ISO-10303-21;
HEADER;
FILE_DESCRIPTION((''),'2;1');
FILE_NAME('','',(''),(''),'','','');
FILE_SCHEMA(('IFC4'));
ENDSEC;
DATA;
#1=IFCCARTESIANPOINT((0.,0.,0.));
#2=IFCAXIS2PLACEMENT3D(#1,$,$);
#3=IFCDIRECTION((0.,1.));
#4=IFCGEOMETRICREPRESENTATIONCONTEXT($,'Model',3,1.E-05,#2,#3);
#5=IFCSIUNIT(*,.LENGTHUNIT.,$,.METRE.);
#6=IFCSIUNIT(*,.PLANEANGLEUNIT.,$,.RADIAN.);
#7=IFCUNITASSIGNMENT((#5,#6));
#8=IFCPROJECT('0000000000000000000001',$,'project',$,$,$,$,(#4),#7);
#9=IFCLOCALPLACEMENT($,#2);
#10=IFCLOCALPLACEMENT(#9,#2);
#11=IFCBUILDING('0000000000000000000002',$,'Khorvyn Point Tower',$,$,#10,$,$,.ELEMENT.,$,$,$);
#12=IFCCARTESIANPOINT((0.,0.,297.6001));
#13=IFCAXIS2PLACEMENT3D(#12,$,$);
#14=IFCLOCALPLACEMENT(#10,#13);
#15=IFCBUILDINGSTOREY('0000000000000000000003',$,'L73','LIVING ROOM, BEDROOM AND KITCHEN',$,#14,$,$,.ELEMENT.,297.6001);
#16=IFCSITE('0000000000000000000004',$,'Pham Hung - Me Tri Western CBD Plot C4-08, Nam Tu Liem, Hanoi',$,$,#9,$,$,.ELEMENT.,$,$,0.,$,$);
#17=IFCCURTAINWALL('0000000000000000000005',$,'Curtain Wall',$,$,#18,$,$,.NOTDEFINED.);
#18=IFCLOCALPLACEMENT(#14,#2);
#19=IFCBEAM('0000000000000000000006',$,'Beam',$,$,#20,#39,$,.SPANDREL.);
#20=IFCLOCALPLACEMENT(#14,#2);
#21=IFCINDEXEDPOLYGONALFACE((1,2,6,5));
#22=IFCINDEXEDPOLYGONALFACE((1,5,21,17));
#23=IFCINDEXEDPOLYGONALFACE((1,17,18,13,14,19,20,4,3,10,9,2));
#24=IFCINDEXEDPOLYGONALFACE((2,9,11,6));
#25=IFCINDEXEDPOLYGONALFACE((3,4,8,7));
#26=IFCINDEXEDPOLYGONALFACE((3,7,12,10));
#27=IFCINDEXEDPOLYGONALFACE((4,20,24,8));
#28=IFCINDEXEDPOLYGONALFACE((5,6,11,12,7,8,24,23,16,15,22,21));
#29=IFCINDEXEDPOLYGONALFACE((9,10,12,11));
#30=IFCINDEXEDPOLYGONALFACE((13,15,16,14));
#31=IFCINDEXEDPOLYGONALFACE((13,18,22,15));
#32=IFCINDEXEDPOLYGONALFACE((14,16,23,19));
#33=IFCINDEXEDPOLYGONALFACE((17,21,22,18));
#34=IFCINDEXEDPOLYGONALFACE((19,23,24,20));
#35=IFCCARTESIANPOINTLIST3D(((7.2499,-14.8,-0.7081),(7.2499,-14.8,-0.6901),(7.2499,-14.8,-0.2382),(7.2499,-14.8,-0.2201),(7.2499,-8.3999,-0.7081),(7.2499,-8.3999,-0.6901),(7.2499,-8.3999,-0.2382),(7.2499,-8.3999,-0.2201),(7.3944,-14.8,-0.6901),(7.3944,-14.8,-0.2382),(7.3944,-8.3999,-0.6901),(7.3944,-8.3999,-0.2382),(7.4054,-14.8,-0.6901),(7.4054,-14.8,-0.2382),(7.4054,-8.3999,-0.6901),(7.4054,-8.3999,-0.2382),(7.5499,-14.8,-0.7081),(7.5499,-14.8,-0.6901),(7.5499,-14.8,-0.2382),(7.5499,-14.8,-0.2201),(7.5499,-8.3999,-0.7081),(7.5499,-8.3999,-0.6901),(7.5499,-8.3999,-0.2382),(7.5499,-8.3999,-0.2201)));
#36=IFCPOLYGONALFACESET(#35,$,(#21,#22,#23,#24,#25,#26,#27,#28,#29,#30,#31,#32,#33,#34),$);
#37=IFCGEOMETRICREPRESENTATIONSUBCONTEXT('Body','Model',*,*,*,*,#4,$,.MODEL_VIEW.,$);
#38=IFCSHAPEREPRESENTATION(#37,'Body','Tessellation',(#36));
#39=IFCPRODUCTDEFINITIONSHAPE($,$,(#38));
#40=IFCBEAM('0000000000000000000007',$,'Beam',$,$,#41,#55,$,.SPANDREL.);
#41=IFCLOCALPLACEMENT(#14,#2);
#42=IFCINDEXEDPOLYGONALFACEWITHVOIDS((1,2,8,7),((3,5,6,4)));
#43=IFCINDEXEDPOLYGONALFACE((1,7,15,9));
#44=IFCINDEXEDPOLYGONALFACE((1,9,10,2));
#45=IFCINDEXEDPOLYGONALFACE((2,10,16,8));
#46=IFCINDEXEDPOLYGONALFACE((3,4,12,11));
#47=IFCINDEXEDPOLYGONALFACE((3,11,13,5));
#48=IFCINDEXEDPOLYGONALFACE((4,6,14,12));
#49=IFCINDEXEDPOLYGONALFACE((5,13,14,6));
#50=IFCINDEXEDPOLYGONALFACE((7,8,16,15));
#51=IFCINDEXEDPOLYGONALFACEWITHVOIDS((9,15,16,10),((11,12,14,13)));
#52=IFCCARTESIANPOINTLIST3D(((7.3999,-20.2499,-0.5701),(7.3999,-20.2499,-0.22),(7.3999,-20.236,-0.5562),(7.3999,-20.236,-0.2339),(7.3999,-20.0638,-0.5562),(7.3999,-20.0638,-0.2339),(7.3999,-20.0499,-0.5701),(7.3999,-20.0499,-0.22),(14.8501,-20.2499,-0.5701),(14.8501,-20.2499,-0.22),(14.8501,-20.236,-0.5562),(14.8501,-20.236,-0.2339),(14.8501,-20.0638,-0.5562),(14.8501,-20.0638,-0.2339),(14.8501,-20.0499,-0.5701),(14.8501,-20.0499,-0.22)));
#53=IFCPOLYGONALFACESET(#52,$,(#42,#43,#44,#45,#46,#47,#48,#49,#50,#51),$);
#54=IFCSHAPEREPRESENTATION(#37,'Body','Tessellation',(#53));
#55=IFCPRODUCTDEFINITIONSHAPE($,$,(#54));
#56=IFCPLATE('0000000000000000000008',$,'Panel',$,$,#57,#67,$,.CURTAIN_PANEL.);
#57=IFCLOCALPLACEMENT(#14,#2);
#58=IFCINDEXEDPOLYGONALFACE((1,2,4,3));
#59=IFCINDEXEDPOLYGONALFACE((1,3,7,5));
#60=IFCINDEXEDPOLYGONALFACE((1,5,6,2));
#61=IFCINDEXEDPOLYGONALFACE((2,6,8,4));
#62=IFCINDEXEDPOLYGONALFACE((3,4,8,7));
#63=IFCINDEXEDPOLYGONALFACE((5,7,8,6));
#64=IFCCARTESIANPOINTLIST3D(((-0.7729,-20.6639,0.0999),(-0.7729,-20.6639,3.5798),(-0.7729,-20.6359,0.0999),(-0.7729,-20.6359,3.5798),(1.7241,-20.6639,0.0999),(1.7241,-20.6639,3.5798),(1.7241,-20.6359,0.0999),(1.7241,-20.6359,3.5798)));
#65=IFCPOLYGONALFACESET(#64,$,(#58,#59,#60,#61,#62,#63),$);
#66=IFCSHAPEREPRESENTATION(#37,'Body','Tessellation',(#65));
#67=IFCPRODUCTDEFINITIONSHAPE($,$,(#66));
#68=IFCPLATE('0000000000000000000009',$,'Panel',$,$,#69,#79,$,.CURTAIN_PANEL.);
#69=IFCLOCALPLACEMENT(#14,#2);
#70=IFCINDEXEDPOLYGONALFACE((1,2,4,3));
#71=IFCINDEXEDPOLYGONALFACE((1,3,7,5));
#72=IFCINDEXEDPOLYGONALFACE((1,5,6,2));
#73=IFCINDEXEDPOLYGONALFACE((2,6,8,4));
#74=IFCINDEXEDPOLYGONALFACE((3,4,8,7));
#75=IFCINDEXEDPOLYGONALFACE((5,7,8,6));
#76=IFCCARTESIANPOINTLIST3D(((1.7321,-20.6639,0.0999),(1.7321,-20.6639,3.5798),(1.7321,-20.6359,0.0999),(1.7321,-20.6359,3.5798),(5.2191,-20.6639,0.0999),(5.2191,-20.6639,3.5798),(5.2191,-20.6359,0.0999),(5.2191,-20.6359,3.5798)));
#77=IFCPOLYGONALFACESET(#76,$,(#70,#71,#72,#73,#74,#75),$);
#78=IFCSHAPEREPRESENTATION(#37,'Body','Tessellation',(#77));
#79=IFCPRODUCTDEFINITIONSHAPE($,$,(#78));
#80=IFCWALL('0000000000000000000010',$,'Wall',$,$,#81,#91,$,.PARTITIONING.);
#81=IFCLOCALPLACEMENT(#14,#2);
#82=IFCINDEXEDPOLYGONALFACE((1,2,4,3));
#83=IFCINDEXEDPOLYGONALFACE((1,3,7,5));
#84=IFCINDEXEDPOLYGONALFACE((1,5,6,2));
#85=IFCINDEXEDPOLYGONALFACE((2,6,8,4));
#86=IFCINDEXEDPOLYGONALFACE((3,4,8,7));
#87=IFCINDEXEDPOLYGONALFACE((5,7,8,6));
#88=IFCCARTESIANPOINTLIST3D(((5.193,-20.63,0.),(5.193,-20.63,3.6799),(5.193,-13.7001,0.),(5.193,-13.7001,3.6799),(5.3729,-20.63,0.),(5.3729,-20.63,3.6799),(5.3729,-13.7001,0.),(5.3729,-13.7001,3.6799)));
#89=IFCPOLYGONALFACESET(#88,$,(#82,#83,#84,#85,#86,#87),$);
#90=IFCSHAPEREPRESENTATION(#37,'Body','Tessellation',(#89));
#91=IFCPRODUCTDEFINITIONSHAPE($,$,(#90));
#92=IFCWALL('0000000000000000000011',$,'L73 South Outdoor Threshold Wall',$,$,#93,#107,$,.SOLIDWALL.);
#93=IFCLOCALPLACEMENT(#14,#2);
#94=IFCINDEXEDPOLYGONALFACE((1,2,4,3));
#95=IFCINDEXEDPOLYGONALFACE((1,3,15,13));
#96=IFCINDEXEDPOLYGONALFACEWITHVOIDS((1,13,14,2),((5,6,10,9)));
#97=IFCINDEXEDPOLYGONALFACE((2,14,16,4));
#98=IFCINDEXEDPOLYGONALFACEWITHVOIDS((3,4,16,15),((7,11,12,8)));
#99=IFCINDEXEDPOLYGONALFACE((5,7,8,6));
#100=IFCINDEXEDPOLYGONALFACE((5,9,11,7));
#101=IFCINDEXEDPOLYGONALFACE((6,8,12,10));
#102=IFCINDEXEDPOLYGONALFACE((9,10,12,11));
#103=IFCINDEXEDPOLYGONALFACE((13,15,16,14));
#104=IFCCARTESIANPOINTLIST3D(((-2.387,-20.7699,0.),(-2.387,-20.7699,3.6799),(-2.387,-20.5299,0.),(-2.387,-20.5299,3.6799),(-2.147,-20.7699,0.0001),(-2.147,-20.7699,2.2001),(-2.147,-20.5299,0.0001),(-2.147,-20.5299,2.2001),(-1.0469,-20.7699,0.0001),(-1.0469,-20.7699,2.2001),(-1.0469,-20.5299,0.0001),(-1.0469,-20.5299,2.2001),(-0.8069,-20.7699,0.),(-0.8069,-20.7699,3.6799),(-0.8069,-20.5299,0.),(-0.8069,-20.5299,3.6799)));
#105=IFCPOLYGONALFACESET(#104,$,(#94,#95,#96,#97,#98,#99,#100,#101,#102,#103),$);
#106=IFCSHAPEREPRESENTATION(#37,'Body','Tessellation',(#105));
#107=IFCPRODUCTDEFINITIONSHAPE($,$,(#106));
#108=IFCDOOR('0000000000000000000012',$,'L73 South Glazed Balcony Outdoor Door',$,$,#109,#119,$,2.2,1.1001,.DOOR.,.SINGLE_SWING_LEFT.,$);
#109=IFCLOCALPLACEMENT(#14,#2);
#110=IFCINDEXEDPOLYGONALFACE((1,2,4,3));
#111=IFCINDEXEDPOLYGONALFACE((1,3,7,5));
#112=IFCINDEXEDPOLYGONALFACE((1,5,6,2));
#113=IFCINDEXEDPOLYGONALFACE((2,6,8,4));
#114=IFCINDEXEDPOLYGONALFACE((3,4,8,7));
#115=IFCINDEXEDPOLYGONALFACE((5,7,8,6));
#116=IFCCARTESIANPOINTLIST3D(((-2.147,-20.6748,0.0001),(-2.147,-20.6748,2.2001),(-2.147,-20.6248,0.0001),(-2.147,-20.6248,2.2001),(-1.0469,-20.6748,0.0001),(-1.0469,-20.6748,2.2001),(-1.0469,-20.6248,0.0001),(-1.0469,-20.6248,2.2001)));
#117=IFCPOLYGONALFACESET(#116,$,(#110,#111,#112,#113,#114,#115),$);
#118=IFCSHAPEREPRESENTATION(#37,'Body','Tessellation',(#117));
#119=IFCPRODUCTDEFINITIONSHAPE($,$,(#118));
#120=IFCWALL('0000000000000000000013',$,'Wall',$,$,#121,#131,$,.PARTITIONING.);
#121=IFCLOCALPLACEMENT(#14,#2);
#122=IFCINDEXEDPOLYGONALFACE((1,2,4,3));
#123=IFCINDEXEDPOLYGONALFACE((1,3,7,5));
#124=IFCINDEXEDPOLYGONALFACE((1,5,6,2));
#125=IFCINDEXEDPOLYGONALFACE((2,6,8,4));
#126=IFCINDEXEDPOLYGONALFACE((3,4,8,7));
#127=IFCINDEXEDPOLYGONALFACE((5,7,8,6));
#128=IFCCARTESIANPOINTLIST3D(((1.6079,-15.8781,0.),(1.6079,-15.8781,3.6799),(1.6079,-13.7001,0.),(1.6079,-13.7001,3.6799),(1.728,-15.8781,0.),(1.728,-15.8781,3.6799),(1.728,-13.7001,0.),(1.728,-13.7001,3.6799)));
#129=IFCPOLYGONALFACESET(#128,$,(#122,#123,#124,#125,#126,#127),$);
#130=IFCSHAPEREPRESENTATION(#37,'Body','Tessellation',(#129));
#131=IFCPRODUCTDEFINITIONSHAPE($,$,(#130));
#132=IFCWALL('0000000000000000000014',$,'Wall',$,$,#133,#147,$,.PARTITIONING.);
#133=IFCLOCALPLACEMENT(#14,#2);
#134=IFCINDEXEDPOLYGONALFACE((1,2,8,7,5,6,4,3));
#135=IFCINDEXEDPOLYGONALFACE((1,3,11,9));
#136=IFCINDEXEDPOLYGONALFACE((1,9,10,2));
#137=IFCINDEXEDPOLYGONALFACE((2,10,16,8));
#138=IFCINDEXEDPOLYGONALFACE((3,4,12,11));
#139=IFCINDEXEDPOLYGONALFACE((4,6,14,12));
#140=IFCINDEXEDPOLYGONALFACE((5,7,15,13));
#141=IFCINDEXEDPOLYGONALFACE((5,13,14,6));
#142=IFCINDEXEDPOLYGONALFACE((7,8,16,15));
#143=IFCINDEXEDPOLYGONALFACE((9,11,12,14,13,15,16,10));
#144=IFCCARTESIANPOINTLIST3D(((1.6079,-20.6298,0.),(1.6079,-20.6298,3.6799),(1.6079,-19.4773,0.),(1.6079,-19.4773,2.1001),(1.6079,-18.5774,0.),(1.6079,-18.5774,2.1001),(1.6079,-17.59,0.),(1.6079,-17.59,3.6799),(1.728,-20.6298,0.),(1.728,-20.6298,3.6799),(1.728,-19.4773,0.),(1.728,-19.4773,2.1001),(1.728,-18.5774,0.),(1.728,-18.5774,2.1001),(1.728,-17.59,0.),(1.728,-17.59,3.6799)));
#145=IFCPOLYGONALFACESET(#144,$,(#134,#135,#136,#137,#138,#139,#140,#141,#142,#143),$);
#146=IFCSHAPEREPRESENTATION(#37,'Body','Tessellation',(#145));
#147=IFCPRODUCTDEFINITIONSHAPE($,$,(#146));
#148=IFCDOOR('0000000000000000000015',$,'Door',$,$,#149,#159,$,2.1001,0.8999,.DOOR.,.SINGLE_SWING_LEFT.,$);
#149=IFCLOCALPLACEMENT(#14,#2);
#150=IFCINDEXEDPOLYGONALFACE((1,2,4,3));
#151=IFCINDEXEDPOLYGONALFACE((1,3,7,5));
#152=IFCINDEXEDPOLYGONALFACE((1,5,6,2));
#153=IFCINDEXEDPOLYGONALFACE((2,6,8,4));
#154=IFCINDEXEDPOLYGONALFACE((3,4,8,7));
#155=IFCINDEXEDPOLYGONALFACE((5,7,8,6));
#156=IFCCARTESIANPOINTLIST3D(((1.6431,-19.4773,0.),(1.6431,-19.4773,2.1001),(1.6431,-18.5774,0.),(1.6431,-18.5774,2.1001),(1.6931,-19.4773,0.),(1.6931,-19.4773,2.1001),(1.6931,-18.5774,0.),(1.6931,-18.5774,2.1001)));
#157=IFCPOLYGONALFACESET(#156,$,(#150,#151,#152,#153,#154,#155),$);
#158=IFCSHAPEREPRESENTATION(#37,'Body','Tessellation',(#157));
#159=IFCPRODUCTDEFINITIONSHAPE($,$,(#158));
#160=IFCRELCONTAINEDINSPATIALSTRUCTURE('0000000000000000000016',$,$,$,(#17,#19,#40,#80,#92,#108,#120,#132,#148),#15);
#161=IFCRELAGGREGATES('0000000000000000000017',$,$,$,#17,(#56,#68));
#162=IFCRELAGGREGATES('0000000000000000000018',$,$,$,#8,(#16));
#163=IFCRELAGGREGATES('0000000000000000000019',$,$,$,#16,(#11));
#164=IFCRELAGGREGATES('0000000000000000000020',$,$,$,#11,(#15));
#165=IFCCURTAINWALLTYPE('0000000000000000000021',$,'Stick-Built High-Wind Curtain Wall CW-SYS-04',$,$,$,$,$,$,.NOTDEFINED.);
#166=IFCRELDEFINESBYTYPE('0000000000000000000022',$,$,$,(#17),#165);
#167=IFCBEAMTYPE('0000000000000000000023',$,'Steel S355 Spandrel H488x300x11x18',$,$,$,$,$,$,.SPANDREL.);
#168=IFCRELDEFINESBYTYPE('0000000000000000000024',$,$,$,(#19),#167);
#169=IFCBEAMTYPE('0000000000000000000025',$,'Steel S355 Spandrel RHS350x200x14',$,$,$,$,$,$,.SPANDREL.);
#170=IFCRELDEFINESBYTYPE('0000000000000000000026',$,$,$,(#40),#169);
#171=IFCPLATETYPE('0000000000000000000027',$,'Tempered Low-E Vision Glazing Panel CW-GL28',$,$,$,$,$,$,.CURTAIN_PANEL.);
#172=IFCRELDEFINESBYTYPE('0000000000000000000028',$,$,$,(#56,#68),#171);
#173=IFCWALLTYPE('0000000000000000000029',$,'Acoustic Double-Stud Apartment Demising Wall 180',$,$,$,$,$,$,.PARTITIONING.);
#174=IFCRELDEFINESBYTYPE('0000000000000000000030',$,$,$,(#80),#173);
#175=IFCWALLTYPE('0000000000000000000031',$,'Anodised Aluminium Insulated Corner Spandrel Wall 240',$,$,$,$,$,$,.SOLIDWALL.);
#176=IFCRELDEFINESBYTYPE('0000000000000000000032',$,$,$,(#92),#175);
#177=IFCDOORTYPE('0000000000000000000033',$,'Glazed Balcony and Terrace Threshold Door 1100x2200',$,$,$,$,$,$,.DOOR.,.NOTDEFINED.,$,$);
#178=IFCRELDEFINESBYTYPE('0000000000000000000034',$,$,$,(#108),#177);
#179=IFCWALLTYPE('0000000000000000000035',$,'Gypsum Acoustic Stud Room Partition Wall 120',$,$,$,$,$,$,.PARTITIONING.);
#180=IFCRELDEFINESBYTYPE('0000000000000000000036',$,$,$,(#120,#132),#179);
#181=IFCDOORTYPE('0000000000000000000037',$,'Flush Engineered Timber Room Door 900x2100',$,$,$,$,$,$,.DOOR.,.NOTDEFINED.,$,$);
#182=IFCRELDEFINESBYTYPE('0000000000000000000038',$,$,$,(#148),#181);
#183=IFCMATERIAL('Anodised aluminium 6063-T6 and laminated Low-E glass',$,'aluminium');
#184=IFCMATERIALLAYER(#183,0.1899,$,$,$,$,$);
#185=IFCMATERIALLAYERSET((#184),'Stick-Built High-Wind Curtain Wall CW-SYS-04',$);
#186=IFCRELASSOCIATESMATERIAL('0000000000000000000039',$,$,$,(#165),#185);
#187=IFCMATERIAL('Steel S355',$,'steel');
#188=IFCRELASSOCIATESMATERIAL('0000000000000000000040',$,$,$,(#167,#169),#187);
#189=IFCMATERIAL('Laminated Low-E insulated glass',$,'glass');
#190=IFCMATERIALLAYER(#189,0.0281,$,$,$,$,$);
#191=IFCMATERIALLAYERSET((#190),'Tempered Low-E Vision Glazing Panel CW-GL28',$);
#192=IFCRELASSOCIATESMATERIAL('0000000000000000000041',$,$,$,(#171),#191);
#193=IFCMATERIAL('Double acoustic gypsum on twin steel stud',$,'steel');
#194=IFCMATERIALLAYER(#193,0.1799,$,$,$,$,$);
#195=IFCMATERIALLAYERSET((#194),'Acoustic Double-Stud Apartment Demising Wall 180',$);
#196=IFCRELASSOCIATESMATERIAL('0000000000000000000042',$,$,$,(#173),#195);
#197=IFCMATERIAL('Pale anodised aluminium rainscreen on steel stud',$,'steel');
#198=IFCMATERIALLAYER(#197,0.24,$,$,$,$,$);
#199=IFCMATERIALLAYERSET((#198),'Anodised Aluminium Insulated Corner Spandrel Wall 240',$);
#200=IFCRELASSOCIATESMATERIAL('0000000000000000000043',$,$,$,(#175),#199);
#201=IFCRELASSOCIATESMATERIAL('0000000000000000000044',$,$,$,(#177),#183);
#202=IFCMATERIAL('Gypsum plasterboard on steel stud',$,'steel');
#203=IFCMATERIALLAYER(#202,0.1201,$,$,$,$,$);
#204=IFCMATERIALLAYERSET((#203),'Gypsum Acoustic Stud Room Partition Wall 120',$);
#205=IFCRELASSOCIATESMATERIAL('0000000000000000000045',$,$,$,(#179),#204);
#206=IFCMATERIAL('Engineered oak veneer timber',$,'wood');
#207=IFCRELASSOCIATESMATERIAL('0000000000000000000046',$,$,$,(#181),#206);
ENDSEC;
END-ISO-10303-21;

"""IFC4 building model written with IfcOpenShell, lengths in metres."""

from ifc_helpers import new_model, si_unit, direction, frame, frame_2d, origin, origin_2d, place, context, subcontext, project, spatial, rectangle, hollow_rectangle, i_section, extrude, material, layer, layer_set, material_profile, profile_set, type_object, element, fill, aggregate, save


model = new_model("IFC4")

# Units and contexts
model_context = context("Model", 3, precision=1e-05, world=origin(), true_north=direction((0.0, 1.0)))
body_context = subcontext(model_context, "Body", "Model", "MODEL_VIEW")
ifc_project = project(units=[si_unit("LENGTHUNIT", "METRE"), si_unit("PLANEANGLEUNIT", "RADIAN")], contexts=[model_context])

# Site, building, storey
site_placement = place(None, origin())
site = spatial("IfcSite", under=ifc_project, at=site_placement, Name="Pham Hung - Me Tri Western CBD Plot C4-08, Nam Tu Liem, Hanoi", CompositionType="ELEMENT", RefElevation=0.0)
building_placement = place(site_placement, origin())
building = spatial("IfcBuilding", under=site, at=building_placement, Name="Khorvyn Point Tower", CompositionType="ELEMENT")
storey_placement = place(building_placement, frame((0.0, 0.0, 297.6001)))
storey = spatial("IfcBuildingStorey", under=building, at=storey_placement, Name="L73", Description="LIVING ROOM, BEDROOM AND KITCHEN", CompositionType="ELEMENT", Elevation=297.6001)

# Shared definitions
ifc_material_1 = material(Name="Steel S355", Category="steel")

# Curtain wall
ifc_material_2 = material(Name="Anodised aluminium 6063-T6 and laminated Low-E glass", Category="aluminium")
ifc_layer_1 = layer(ifc_material_2, 0.1899)
ifc_layer_set_1 = layer_set([ifc_layer_1], Name="Stick-Built High-Wind Curtain Wall CW-SYS-04")
curtain_wall_type = type_object("IfcCurtainWallType", Name="Stick-Built High-Wind Curtain Wall CW-SYS-04", PredefinedType="NOTDEFINED", material=ifc_layer_set_1)
curtain_wall_placement = place(storey_placement, origin())
curtain_wall = element("IfcCurtainWall", 1, at=curtain_wall_placement, inside=storey, type_object=curtain_wall_type, Name="Curtain Wall", PredefinedType="NOTDEFINED")

# Beams
ifc_material_profile_1 = material_profile(ifc_material_1, i_section(OverallWidth=0.3, OverallDepth=0.488, WebThickness=0.011, FlangeThickness=0.0181, at=origin_2d()))
ifc_profile_set_1 = profile_set([ifc_material_profile_1], Name="Steel S355 H488x300x11x18")
beam_type_1 = type_object("IfcBeamType", Name="Steel S355 Spandrel H488x300x11x18", PredefinedType="SPANDREL", material=ifc_profile_set_1)
beam_1_placement = place(storey_placement, frame((7.3999, -14.8, -0.4641), z_axis=(0.0, 1.0, 0.0), x_axis=(-1.0, 0.0, 0.0)))
element("IfcBeam", 2, at=beam_1_placement, inside=storey, type_object=beam_type_1, Name="Beam", PredefinedType="SPANDREL", context=body_context, shape_type="SweptSolid", body=[
    extrude(i_section(OverallWidth=0.3, OverallDepth=0.488, WebThickness=0.011, FlangeThickness=0.0181, at=origin_2d()), origin(), (0.0, 0.0, 1.0), 6.4001),
])
ifc_material_profile_2 = material_profile(ifc_material_1, hollow_rectangle(XDim=0.2, YDim=0.3501, WallThickness=0.0139, at=origin_2d()))
ifc_profile_set_2 = profile_set([ifc_material_profile_2], Name="Steel S355 RHS350x200x14")
beam_type_2 = type_object("IfcBeamType", Name="Steel S355 Spandrel RHS350x200x14", PredefinedType="SPANDREL", material=ifc_profile_set_2)
beam_2_placement = place(storey_placement, frame((7.3999, -20.1499, -0.395), z_axis=(1.0, 0.0, 0.0), x_axis=(0.0, 1.0, 0.0)))
element("IfcBeam", 3, at=beam_2_placement, inside=storey, type_object=beam_type_2, Name="Beam", PredefinedType="SPANDREL", context=body_context, shape_type="SweptSolid", body=[
    extrude(hollow_rectangle(XDim=0.2, YDim=0.3501, WallThickness=0.0139, at=origin_2d()), origin(), (0.0, 0.0, 1.0), 7.4502),
])

# Plates
ifc_material_3 = material(Name="Laminated Low-E insulated glass", Category="glass")
ifc_layer_2 = layer(ifc_material_3, 0.0281)
ifc_layer_set_2 = layer_set([ifc_layer_2], Name="Tempered Low-E Vision Glazing Panel CW-GL28")
plate_type = type_object("IfcPlateType", Name="Tempered Low-E Vision Glazing Panel CW-GL28", PredefinedType="CURTAIN_PANEL", material=ifc_layer_set_2)
plate_1_placement = place(storey_placement, frame((0.4756, -20.6499, 0.0999), z_axis=(0.0, 0.0, 1.0), x_axis=(-1.0, 0.0, 0.0)))
plate_1 = element("IfcPlate", 4, at=plate_1_placement, type_object=plate_type, Name="Panel", PredefinedType="CURTAIN_PANEL", context=body_context, shape_type="SweptSolid", body=[
    extrude(rectangle(XDim=2.4971, YDim=0.0281, at=origin_2d()), origin(), (0.0, 0.0, 1.0), 3.48),
])
plate_2_placement = place(storey_placement, frame((3.4756, -20.6499, 0.0999), z_axis=(0.0, 0.0, 1.0), x_axis=(-1.0, 0.0, 0.0)))
plate_2 = element("IfcPlate", 5, at=plate_2_placement, type_object=plate_type, Name="Panel", PredefinedType="CURTAIN_PANEL", context=body_context, shape_type="SweptSolid", body=[
    extrude(rectangle(XDim=3.4871, YDim=0.0281, at=origin_2d()), origin(), (0.0, 0.0, 1.0), 3.48),
])
aggregate(curtain_wall, [plate_1, plate_2])

# Wall
ifc_material_4 = material(Name="Double acoustic gypsum on twin steel stud", Category="steel")
ifc_layer_3 = layer(ifc_material_4, 0.1799)
ifc_layer_set_3 = layer_set([ifc_layer_3], Name="Acoustic Double-Stud Apartment Demising Wall 180")
wall_type_1 = type_object("IfcWallType", Name="Acoustic Double-Stud Apartment Demising Wall 180", PredefinedType="PARTITIONING", material=ifc_layer_set_3)
wall_1_placement = place(storey_placement, frame((5.283, -20.6299, 0.0), z_axis=(0.0, 0.0, 1.0), x_axis=(0.0, 1.0, 0.0)))
element("IfcWall", 6, at=wall_1_placement, inside=storey, type_object=wall_type_1, Name="Wall", PredefinedType="PARTITIONING", context=body_context, shape_type="SweptSolid", body=[
    extrude(rectangle(XDim=6.9299, YDim=0.1799, at=frame_2d((3.4648, 0.0))), origin(), (0.0, 0.0, 1.0), 3.6799),
])

# Wall, opening, door
ifc_material_5 = material(Name="Pale anodised aluminium rainscreen on steel stud", Category="steel")
ifc_layer_4 = layer(ifc_material_5, 0.24)
ifc_layer_set_4 = layer_set([ifc_layer_4], Name="Anodised Aluminium Insulated Corner Spandrel Wall 240")
wall_type_2 = type_object("IfcWallType", Name="Anodised Aluminium Insulated Corner Spandrel Wall 240", PredefinedType="SOLIDWALL", material=ifc_layer_set_4)
wall_2_placement = place(storey_placement, frame((-0.8069, -20.6499, 0.0), z_axis=(0.0, 0.0, 1.0), x_axis=(-1.0, 0.0, 0.0)))
wall_2 = element("IfcWall", 7, at=wall_2_placement, inside=storey, type_object=wall_type_2, Name="L73 South Outdoor Threshold Wall", PredefinedType="SOLIDWALL", context=body_context, shape_type="SweptSolid", body=[
    extrude(rectangle(XDim=1.5801, YDim=0.24, at=frame_2d((0.79, 0.0))), origin(), (0.0, 0.0, 1.0), 3.6799),
])
opening_1_placement = place(wall_2_placement, frame((0.24, 0.0, 0.0)))
opening_1 = element("IfcOpeningElement", 8, at=opening_1_placement, cuts=wall_2, PredefinedType="OPENING", context=body_context, shape_type="SweptSolid", body=[
    extrude(rectangle(XDim=1.1001, YDim=2.2, at=frame_2d((0.55, 1.1001))), frame((0.0, 0.1299, 0.0), z_axis=(0.0, -1.0, 0.0), x_axis=(1.0, 0.0, 0.0)), (0.0, 0.0, 1.0), 0.26),
])
door_type_1 = type_object("IfcDoorType", Name="Glazed Balcony and Terrace Threshold Door 1100x2200", OperationType="NOTDEFINED", PredefinedType="DOOR", material=ifc_material_2)
door_1_placement = place(opening_1_placement, origin())
door_1 = element("IfcDoor", 9, at=door_1_placement, inside=storey, type_object=door_type_1, Name="L73 South Glazed Balcony Outdoor Door", OperationType="SINGLE_SWING_LEFT", OverallHeight=2.2, OverallWidth=1.1001, PredefinedType="DOOR", context=body_context, shape_type="SweptSolid", body=[
    extrude(rectangle(XDim=1.1001, YDim=2.2, at=frame_2d((0.55, 1.1001))), frame((0.0, 0.0249, 0.0), z_axis=(0.0, -1.0, 0.0), x_axis=(1.0, 0.0, 0.0)), (0.0, 0.0, 1.0), 0.05),
])
fill(opening_1, door_1)

# Wall
ifc_material_6 = material(Name="Gypsum plasterboard on steel stud", Category="steel")
ifc_layer_5 = layer(ifc_material_6, 0.1201)
ifc_layer_set_5 = layer_set([ifc_layer_5], Name="Gypsum Acoustic Stud Room Partition Wall 120")
wall_type_3 = type_object("IfcWallType", Name="Gypsum Acoustic Stud Room Partition Wall 120", PredefinedType="PARTITIONING", material=ifc_layer_set_5)
wall_3_placement = place(storey_placement, frame((1.668, -15.8779, 0.0), z_axis=(0.0, 0.0, 1.0), x_axis=(0.0, 1.0, 0.0)))
element("IfcWall", 10, at=wall_3_placement, inside=storey, type_object=wall_type_3, Name="Wall", PredefinedType="PARTITIONING", context=body_context, shape_type="SweptSolid", body=[
    extrude(rectangle(XDim=2.178, YDim=0.1201, at=frame_2d((1.0889, 0.0))), origin(), (0.0, 0.0, 1.0), 3.6799),
])

# Wall, opening, door
wall_4_placement = place(storey_placement, frame((1.668, -20.6299, 0.0), z_axis=(0.0, 0.0, 1.0), x_axis=(0.0, 1.0, 0.0)))
wall_4 = element("IfcWall", 11, at=wall_4_placement, inside=storey, type_object=wall_type_3, Name="Wall", PredefinedType="PARTITIONING", context=body_context, shape_type="SweptSolid", body=[
    extrude(rectangle(XDim=3.0398, YDim=0.1201, at=frame_2d((1.52, 0.0))), origin(), (0.0, 0.0, 1.0), 3.6799),
])
opening_2_placement = place(wall_4_placement, frame((1.1526, 0.0, 0.0)))
opening_2 = element("IfcOpeningElement", 12, at=opening_2_placement, cuts=wall_4, PredefinedType="OPENING", context=body_context, shape_type="SweptSolid", body=[
    extrude(rectangle(XDim=0.8999, YDim=2.1001, at=frame_2d((0.45, 1.05))), frame((0.0, 0.0701, 0.0), z_axis=(0.0, -1.0, 0.0), x_axis=(1.0, 0.0, 0.0)), (0.0, 0.0, 1.0), 0.1401),
])
ifc_material_7 = material(Name="Engineered oak veneer timber", Category="wood")
door_type_2 = type_object("IfcDoorType", Name="Flush Engineered Timber Room Door 900x2100", OperationType="NOTDEFINED", PredefinedType="DOOR", material=ifc_material_7)
door_2_placement = place(opening_2_placement, origin())
door_2 = element("IfcDoor", 13, at=door_2_placement, inside=storey, type_object=door_type_2, Name="Door", OperationType="SINGLE_SWING_LEFT", OverallHeight=2.1001, OverallWidth=0.8999, PredefinedType="DOOR", context=body_context, shape_type="SweptSolid", body=[
    extrude(rectangle(XDim=0.8999, YDim=2.1001, at=frame_2d((0.45, 1.05))), frame((0.0, 0.0249, 0.0), z_axis=(0.0, -1.0, 0.0), x_axis=(1.0, 0.0, 0.0)), (0.0, 0.0, 1.0), 0.05),
])
fill(opening_2, door_2)

save(model, "model.ifc")
